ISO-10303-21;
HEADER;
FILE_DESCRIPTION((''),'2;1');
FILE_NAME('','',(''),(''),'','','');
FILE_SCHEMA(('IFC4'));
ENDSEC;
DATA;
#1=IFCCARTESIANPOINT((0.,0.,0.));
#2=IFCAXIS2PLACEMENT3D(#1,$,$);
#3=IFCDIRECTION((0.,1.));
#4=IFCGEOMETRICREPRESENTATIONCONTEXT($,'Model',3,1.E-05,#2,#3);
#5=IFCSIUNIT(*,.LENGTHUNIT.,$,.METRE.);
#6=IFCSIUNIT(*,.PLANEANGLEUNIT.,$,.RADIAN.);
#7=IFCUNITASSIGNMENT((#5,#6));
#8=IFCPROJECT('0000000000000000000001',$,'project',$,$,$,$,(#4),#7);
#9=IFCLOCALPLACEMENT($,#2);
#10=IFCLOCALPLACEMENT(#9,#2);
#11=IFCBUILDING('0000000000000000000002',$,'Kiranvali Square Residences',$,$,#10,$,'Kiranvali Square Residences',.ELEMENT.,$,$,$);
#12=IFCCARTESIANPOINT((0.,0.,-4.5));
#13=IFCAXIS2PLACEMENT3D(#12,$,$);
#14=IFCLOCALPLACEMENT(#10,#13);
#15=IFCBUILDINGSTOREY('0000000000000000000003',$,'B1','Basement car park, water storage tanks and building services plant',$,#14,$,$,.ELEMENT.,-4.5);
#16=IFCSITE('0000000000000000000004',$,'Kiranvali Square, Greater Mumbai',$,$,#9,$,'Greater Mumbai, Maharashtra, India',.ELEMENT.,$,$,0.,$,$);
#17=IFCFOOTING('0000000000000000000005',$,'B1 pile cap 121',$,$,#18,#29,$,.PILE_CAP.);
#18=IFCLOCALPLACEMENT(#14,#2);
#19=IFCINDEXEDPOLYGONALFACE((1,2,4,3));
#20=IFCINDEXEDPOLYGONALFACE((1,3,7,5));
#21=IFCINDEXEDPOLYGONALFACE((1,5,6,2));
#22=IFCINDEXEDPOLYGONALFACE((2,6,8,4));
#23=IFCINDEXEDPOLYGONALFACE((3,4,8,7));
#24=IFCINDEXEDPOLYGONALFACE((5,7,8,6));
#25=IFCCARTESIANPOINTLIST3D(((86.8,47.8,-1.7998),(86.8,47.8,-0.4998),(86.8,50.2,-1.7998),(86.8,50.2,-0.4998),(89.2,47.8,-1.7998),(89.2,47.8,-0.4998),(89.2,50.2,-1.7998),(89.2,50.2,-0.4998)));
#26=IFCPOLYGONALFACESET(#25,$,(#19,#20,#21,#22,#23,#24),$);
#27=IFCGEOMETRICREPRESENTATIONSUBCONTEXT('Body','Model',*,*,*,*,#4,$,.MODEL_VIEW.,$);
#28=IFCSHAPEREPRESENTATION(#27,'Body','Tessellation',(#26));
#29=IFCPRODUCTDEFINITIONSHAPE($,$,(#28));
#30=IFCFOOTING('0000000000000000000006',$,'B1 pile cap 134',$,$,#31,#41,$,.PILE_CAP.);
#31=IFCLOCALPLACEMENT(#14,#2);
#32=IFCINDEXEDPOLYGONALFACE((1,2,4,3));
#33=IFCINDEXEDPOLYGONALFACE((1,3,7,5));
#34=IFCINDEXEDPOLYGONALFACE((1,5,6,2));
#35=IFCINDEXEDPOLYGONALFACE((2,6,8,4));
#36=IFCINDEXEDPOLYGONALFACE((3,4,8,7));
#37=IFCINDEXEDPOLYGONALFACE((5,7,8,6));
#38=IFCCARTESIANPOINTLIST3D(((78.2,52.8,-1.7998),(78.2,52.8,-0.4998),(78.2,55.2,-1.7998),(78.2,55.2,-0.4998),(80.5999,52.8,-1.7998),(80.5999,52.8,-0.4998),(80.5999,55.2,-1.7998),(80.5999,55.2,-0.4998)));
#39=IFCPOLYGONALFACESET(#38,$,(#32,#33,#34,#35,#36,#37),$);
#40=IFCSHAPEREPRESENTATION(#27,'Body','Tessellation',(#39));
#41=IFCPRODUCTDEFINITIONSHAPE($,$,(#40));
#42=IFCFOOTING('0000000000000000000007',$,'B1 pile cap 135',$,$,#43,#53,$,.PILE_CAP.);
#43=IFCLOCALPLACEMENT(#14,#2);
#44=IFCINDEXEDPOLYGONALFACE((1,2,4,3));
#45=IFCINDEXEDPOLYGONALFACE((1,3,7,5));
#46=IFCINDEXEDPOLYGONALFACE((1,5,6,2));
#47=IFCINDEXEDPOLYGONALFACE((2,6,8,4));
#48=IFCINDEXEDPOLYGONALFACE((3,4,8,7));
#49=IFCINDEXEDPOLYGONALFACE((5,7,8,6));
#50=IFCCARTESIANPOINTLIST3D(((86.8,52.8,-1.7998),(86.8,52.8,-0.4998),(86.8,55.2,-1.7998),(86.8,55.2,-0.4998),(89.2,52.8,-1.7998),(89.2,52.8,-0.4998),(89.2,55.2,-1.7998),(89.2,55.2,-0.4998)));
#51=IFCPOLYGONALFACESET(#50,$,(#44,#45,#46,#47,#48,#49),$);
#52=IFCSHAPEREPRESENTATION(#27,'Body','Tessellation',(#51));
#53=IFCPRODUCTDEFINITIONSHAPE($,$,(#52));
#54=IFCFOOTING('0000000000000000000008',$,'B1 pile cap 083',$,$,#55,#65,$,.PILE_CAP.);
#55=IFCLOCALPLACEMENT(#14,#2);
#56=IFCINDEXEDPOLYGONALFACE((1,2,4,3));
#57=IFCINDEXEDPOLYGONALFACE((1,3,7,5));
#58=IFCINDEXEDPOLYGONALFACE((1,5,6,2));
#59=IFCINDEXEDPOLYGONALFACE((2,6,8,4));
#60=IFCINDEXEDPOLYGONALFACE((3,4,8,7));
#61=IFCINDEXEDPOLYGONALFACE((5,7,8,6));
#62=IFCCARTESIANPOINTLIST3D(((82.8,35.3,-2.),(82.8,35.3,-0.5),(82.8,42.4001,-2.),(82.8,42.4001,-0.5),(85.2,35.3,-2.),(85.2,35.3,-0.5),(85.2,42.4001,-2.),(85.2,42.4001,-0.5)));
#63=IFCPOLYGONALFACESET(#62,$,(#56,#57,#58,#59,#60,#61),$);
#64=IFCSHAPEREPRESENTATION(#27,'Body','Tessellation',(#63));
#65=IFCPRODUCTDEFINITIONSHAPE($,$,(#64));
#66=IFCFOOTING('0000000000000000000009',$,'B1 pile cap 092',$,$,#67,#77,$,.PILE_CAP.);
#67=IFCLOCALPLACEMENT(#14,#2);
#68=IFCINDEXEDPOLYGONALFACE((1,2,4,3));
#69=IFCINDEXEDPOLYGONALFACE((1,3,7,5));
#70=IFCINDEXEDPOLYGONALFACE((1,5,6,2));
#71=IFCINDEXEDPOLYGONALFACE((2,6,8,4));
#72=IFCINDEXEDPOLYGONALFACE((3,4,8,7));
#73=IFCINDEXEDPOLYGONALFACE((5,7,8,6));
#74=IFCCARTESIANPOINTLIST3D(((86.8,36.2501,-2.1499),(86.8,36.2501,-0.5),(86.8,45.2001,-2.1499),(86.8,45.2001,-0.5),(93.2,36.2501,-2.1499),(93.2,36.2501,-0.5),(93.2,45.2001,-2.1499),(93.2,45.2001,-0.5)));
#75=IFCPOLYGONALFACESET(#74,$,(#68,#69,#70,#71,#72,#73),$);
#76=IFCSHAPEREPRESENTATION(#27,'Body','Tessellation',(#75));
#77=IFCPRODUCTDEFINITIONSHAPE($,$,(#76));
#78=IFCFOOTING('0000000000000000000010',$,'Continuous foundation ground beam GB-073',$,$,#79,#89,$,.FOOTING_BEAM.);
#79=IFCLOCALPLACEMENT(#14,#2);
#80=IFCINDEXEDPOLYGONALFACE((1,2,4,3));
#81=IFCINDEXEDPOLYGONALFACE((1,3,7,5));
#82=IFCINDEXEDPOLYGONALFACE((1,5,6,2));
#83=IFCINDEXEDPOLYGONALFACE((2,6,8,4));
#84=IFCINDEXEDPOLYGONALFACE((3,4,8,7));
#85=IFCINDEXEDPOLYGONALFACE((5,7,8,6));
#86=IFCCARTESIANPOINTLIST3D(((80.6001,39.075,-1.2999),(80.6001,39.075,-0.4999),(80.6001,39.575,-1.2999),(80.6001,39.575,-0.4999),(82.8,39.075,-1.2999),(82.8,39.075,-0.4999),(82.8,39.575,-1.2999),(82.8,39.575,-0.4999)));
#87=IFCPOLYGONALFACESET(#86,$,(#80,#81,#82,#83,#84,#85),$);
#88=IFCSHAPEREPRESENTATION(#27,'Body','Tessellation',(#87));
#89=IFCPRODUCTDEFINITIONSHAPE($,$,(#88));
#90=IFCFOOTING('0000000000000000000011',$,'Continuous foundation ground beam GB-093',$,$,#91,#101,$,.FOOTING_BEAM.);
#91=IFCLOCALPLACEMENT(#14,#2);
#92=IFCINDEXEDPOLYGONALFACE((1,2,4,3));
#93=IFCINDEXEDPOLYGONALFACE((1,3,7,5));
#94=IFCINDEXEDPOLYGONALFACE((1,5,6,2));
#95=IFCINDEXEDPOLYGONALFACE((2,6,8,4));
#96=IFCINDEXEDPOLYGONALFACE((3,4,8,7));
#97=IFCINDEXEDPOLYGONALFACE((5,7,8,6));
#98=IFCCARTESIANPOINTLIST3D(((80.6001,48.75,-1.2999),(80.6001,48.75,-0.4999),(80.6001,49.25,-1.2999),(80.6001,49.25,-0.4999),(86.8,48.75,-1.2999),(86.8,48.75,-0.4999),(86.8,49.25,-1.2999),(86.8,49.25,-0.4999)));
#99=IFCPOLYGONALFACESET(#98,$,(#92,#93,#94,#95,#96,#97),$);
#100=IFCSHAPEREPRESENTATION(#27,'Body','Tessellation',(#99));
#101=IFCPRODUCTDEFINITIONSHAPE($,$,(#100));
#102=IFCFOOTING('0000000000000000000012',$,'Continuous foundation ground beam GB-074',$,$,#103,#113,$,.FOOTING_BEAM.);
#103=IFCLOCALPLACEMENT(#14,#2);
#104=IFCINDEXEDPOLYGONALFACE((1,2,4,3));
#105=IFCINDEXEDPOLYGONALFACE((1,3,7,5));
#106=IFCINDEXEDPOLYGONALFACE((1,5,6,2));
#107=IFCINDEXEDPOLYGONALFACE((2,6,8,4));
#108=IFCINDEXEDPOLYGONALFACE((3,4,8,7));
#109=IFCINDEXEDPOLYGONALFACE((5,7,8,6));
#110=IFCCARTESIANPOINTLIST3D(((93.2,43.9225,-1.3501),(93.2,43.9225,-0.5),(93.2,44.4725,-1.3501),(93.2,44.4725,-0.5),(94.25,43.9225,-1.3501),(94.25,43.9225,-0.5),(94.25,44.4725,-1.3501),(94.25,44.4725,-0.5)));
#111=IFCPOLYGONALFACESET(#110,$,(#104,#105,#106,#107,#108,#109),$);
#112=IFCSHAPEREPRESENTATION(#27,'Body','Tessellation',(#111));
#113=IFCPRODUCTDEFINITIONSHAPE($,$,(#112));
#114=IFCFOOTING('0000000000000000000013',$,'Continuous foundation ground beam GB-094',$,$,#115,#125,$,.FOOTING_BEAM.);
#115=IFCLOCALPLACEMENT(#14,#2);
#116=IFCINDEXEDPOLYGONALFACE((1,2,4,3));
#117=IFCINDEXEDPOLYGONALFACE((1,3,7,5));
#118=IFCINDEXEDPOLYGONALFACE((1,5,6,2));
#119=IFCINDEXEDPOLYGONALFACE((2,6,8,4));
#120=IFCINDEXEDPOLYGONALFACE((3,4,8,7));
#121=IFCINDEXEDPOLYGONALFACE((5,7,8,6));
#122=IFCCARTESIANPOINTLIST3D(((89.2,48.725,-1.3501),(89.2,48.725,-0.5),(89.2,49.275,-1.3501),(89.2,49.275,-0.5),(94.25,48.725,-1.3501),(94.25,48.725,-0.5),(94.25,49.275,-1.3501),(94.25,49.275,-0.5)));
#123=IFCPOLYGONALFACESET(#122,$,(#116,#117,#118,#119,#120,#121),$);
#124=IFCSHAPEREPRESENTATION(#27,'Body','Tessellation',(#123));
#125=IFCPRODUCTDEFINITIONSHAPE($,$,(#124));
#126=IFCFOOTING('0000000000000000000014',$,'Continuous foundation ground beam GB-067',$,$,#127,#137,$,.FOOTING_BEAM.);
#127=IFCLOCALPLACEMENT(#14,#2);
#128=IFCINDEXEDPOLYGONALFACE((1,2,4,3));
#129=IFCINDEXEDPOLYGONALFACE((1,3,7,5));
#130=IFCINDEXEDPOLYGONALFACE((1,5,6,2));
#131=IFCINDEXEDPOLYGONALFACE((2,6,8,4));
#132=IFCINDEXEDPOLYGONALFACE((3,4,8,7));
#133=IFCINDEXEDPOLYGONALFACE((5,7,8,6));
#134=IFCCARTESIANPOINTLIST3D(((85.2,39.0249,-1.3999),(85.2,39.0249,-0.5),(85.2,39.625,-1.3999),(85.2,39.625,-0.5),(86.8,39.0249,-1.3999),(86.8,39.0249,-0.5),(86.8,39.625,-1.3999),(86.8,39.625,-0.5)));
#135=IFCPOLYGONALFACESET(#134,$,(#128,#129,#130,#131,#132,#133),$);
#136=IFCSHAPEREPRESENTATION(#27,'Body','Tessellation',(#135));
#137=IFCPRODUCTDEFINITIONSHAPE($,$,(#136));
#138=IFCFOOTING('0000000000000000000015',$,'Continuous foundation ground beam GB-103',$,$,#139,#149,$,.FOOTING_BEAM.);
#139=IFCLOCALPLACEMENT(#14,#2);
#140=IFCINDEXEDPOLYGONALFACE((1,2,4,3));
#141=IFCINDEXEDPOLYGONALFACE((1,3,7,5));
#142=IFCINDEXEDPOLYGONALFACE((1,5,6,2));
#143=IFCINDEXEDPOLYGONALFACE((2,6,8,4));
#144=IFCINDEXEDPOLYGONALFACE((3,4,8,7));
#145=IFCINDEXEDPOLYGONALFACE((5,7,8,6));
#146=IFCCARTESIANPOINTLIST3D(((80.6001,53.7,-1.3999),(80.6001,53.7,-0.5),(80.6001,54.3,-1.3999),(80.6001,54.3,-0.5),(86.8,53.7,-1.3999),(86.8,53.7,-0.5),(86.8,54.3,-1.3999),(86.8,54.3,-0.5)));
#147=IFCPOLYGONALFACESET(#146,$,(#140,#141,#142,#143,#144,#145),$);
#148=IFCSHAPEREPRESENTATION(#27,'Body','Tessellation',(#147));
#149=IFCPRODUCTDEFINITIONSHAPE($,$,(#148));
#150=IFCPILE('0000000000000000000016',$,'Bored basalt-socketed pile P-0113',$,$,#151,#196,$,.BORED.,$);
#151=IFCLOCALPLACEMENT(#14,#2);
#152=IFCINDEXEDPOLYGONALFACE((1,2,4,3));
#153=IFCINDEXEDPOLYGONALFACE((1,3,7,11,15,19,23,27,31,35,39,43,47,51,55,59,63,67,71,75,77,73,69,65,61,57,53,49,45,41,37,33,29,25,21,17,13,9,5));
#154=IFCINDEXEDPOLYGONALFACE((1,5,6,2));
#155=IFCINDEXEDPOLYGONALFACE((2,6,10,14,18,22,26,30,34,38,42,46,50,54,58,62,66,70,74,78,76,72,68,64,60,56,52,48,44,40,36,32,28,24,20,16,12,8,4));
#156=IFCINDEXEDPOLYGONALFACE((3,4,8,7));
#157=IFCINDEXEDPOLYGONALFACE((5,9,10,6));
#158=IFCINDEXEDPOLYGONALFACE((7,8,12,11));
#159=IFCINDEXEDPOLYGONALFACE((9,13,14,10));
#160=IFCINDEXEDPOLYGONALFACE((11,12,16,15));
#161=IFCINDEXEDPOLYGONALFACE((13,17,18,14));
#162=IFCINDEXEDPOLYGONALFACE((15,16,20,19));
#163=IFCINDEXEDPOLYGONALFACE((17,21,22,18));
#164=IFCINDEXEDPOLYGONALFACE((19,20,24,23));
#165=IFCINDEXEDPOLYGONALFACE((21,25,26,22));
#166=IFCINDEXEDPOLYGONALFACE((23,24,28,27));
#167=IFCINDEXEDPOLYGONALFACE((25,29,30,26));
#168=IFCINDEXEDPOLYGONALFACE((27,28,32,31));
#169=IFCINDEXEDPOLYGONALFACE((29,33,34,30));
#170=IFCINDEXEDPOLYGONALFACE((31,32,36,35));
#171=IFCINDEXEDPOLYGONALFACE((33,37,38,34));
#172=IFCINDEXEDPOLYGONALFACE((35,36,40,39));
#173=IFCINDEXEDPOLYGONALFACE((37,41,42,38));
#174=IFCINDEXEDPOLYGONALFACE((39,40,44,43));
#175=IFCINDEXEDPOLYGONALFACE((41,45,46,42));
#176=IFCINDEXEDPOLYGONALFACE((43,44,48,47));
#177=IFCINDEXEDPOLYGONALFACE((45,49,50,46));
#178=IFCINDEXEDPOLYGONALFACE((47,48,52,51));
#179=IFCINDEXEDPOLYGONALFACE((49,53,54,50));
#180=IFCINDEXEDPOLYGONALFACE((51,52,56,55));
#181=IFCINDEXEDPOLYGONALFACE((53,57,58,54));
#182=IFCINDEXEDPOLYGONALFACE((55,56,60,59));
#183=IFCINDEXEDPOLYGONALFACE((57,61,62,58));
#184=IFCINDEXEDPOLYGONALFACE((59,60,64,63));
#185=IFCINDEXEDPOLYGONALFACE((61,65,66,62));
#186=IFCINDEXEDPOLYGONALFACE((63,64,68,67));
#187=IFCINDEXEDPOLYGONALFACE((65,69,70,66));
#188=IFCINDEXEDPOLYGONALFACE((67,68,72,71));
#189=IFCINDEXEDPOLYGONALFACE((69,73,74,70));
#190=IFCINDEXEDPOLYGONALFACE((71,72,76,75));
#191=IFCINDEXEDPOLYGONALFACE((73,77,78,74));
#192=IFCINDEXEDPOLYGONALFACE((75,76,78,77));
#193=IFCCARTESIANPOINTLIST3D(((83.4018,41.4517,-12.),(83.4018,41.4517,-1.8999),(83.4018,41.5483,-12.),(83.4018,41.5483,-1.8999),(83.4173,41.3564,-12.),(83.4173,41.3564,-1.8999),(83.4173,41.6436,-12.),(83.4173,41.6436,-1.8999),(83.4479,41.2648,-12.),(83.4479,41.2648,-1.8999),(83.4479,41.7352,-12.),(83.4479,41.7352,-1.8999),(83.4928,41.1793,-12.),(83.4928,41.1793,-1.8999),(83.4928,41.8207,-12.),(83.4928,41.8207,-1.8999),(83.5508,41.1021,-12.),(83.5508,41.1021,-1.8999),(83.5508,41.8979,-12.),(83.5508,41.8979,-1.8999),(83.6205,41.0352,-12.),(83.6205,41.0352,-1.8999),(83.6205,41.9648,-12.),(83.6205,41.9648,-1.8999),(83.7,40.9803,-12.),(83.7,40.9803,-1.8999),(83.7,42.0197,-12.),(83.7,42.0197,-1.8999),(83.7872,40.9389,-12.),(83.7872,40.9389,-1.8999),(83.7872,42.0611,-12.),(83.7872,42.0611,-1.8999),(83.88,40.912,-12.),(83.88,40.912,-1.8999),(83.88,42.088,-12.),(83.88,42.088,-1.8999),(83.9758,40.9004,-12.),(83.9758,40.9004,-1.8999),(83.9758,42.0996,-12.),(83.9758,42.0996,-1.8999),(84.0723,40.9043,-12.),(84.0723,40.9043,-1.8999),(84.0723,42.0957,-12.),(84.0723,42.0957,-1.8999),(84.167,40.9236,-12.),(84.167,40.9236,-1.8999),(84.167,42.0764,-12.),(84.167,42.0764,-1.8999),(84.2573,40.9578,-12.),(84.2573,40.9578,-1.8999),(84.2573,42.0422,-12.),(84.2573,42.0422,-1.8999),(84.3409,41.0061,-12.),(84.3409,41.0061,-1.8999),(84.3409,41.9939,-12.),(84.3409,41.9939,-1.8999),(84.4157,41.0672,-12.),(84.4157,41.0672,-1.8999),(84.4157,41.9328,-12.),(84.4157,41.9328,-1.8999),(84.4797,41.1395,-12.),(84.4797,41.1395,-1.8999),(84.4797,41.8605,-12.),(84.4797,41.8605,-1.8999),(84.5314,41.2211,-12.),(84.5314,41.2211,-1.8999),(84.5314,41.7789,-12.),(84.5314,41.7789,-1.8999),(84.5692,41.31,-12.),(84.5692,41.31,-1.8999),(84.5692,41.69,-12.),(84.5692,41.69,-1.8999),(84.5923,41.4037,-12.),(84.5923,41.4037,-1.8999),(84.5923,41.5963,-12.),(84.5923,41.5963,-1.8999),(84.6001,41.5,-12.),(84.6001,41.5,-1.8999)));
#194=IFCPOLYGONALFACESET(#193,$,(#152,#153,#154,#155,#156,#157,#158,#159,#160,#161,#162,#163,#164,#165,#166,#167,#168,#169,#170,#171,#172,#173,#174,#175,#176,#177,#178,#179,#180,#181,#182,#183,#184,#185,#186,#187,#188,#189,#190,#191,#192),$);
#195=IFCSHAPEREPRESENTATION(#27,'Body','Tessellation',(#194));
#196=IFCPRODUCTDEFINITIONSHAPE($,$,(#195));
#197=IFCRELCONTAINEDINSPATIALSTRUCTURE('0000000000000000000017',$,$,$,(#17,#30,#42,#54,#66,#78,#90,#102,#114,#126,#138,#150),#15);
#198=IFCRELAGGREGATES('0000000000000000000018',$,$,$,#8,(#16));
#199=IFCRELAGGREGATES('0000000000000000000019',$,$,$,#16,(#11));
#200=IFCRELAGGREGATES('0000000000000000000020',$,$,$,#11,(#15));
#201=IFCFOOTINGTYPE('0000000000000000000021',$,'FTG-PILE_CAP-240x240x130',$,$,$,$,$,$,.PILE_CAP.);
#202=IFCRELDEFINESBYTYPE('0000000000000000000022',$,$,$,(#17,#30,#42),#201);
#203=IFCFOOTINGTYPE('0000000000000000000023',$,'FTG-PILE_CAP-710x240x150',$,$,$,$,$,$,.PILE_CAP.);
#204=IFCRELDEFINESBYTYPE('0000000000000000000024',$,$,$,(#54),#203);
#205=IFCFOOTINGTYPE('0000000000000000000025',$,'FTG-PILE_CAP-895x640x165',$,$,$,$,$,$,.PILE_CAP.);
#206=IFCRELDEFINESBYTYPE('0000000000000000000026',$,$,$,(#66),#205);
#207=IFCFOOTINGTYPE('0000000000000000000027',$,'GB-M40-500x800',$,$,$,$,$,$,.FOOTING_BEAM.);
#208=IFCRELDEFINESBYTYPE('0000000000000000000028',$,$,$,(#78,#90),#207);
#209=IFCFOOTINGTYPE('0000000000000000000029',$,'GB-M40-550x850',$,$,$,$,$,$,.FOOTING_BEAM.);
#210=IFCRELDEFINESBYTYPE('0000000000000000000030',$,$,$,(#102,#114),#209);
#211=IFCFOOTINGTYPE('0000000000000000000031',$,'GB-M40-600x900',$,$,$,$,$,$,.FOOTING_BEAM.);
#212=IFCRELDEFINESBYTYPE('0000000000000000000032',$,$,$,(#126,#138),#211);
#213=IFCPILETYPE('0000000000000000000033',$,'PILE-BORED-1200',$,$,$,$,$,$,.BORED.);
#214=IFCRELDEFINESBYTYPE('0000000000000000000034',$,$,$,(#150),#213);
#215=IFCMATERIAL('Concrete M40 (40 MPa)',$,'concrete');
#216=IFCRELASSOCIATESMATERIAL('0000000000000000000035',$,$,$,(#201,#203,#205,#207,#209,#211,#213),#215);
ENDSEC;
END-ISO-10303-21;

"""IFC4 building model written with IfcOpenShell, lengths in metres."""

from ifc_helpers import new_model, si_unit, direction, frame, origin, origin_2d, place, context, subcontext, project, spatial, rectangle, circle, extrude, material, material_profile, profile_set, type_object, element, save


model = new_model("IFC4")

# Units and contexts
model_context = context("Model", 3, precision=1e-05, world=origin(), true_north=direction((0.0, 1.0)))
body_context = subcontext(model_context, "Body", "Model", "MODEL_VIEW")
ifc_project = project(units=[si_unit("LENGTHUNIT", "METRE"), si_unit("PLANEANGLEUNIT", "RADIAN")], contexts=[model_context])

# Site, building, storey
site_placement = place(None, origin())
site = spatial("IfcSite", under=ifc_project, at=site_placement, Name="Kiranvali Square, Greater Mumbai", LongName="Greater Mumbai, Maharashtra, India", CompositionType="ELEMENT", RefElevation=0.0)
building_placement = place(site_placement, origin())
building = spatial("IfcBuilding", under=site, at=building_placement, Name="Kiranvali Square Residences", LongName="Kiranvali Square Residences", CompositionType="ELEMENT")
storey_placement = place(building_placement, frame((0.0, 0.0, -4.5)))
storey = spatial("IfcBuildingStorey", under=building, at=storey_placement, Name="B1", Description="Basement car park, water storage tanks and building services plant", CompositionType="ELEMENT", Elevation=-4.5)

# Footings
ifc_material_1 = material(Name="Concrete M40 (40 MPa)", Category="concrete")
footing_type_1 = type_object("IfcFootingType", Name="FTG-PILE_CAP-240x240x130", PredefinedType="PILE_CAP", material=ifc_material_1)
for number, where, z_axis, x_axis, name in (
    (1, (88.0, 49.0, -1.7998), (0.0, 0.0, 1.0), (1.0, 0.0, 0.0), "B1 pile cap 121"),
    (2, (79.3999, 54.0, -1.7998), (0.0, 0.0, 1.0), (1.0, 0.0, 0.0), "B1 pile cap 134"),
    (3, (88.0, 54.0, -1.7998), (0.0, 0.0, 1.0), (1.0, 0.0, 0.0), "B1 pile cap 135"),
):
    element("IfcFooting", number, at=place(storey_placement, frame(where, z_axis=z_axis, x_axis=x_axis)), inside=storey, type_object=footing_type_1, Name=name, PredefinedType="PILE_CAP", context=body_context, shape_type="SweptSolid", body=[
        extrude(rectangle(XDim=2.3999, YDim=2.3999, at=origin_2d()), origin(), (0.0, 0.0, 1.0), 1.3),
    ])
footing_type_2 = type_object("IfcFootingType", Name="FTG-PILE_CAP-710x240x150", PredefinedType="PILE_CAP", material=ifc_material_1)
footing_1_placement = place(storey_placement, frame((84.0, 38.8501, -2.0), z_axis=(0.0, 0.0, 1.0), x_axis=(0.0, 1.0, 0.0)))
element("IfcFooting", 4, at=footing_1_placement, inside=storey, type_object=footing_type_2, Name="B1 pile cap 083", PredefinedType="PILE_CAP", context=body_context, shape_type="SweptSolid", body=[
    extrude(rectangle(XDim=7.1001, YDim=2.3999, at=origin_2d()), origin(), (0.0, 0.0, 1.0), 1.5),
])
footing_type_3 = type_object("IfcFootingType", Name="FTG-PILE_CAP-895x640x165", PredefinedType="PILE_CAP", material=ifc_material_1)
footing_2_placement = place(storey_placement, frame((90.0, 40.7251, -2.1499), z_axis=(0.0, 0.0, 1.0), x_axis=(0.0, 1.0, 0.0)))
element("IfcFooting", 5, at=footing_2_placement, inside=storey, type_object=footing_type_3, Name="B1 pile cap 092", PredefinedType="PILE_CAP", context=body_context, shape_type="SweptSolid", body=[
    extrude(rectangle(XDim=8.95, YDim=6.3999, at=origin_2d()), origin(), (0.0, 0.0, 1.0), 1.6499),
])
ifc_material_profile_1 = material_profile(ifc_material_1, rectangle(XDim=0.5, YDim=0.8, at=origin_2d()), Name="GB 500x800")
ifc_profile_set_1 = profile_set([ifc_material_profile_1], Name="Concrete M40 (40 MPa)")
footing_type_4 = type_object("IfcFootingType", Name="GB-M40-500x800", PredefinedType="FOOTING_BEAM", material=ifc_profile_set_1)
footing_3_placement = place(storey_placement, frame((80.6001, 39.325, -0.8999), z_axis=(1.0, 0.0, 0.0), x_axis=(0.0, 1.0, 0.0)))
element("IfcFooting", 6, at=footing_3_placement, inside=storey, type_object=footing_type_4, Name="Continuous foundation ground beam GB-073", PredefinedType="FOOTING_BEAM", context=body_context, shape_type="SweptSolid", body=[
    extrude(rectangle(XDim=0.5, YDim=0.8, at=origin_2d()), origin(), (0.0, 0.0, 1.0), 2.2),
])
footing_4_placement = place(storey_placement, frame((80.6001, 49.0, -0.8999), z_axis=(1.0, 0.0, 0.0), x_axis=(0.0, 1.0, 0.0)))
element("IfcFooting", 7, at=footing_4_placement, inside=storey, type_object=footing_type_4, Name="Continuous foundation ground beam GB-093", PredefinedType="FOOTING_BEAM", context=body_context, shape_type="SweptSolid", body=[
    extrude(rectangle(XDim=0.5, YDim=0.8, at=origin_2d()), origin(), (0.0, 0.0, 1.0), 6.2),
])
ifc_material_profile_2 = material_profile(ifc_material_1, rectangle(XDim=0.55, YDim=0.8501, at=origin_2d()), Name="GB 550x850")
ifc_profile_set_2 = profile_set([ifc_material_profile_2], Name="Concrete M40 (40 MPa)")
footing_type_5 = type_object("IfcFootingType", Name="GB-M40-550x850", PredefinedType="FOOTING_BEAM", material=ifc_profile_set_2)
footing_5_placement = place(storey_placement, frame((93.2, 44.1975, -0.925), z_axis=(1.0, 0.0, 0.0), x_axis=(0.0, 1.0, 0.0)))
element("IfcFooting", 8, at=footing_5_placement, inside=storey, type_object=footing_type_5, Name="Continuous foundation ground beam GB-074", PredefinedType="FOOTING_BEAM", context=body_context, shape_type="SweptSolid", body=[
    extrude(rectangle(XDim=0.55, YDim=0.8501, at=origin_2d()), origin(), (0.0, 0.0, 1.0), 1.05),
])
footing_6_placement = place(storey_placement, frame((89.2, 49.0, -0.925), z_axis=(1.0, 0.0, 0.0), x_axis=(0.0, 1.0, 0.0)))
element("IfcFooting", 9, at=footing_6_placement, inside=storey, type_object=footing_type_5, Name="Continuous foundation ground beam GB-094", PredefinedType="FOOTING_BEAM", context=body_context, shape_type="SweptSolid", body=[
    extrude(rectangle(XDim=0.55, YDim=0.8501, at=origin_2d()), origin(), (0.0, 0.0, 1.0), 5.05),
])
ifc_material_profile_3 = material_profile(ifc_material_1, rectangle(XDim=0.6001, YDim=0.8999, at=origin_2d()), Name="GB 600x900")
ifc_profile_set_3 = profile_set([ifc_material_profile_3], Name="Concrete M40 (40 MPa)")
footing_type_6 = type_object("IfcFootingType", Name="GB-M40-600x900", PredefinedType="FOOTING_BEAM", material=ifc_profile_set_3)
footing_7_placement = place(storey_placement, frame((85.2, 39.325, -0.95), z_axis=(1.0, 0.0, 0.0), x_axis=(0.0, 1.0, 0.0)))
element("IfcFooting", 10, at=footing_7_placement, inside=storey, type_object=footing_type_6, Name="Continuous foundation ground beam GB-067", PredefinedType="FOOTING_BEAM", context=body_context, shape_type="SweptSolid", body=[
    extrude(rectangle(XDim=0.6001, YDim=0.8999, at=origin_2d()), origin(), (0.0, 0.0, 1.0), 1.6001),
])
footing_8_placement = place(storey_placement, frame((80.6001, 54.0, -0.95), z_axis=(1.0, 0.0, 0.0), x_axis=(0.0, 1.0, 0.0)))
element("IfcFooting", 11, at=footing_8_placement, inside=storey, type_object=footing_type_6, Name="Continuous foundation ground beam GB-103", PredefinedType="FOOTING_BEAM", context=body_context, shape_type="SweptSolid", body=[
    extrude(rectangle(XDim=0.6001, YDim=0.8999, at=origin_2d()), origin(), (0.0, 0.0, 1.0), 6.2),
])

# Pile
ifc_material_profile_4 = material_profile(ifc_material_1, circle(Radius=0.6001, at=origin_2d()), Name="BORED PILE 1200")
ifc_profile_set_4 = profile_set([ifc_material_profile_4], Name="Concrete M40 (40 MPa)")
pile_type_1 = type_object("IfcPileType", Name="PILE-BORED-1200", PredefinedType="BORED", material=ifc_profile_set_4)
pile_1_placement = place(storey_placement, frame((84.0, 41.5, -1.8999), z_axis=(0.0, 0.0, -1.0), x_axis=(1.0, 0.0, 0.0)))
element("IfcPile", 12, at=pile_1_placement, inside=storey, type_object=pile_type_1, Name="Bored basalt-socketed pile P-0113", PredefinedType="BORED", context=body_context, shape_type="SweptSolid", body=[
    extrude(circle(Radius=0.6001, at=origin_2d()), origin(), (0.0, 0.0, 1.0), 10.1001),
])

save(model, "model.ifc")
